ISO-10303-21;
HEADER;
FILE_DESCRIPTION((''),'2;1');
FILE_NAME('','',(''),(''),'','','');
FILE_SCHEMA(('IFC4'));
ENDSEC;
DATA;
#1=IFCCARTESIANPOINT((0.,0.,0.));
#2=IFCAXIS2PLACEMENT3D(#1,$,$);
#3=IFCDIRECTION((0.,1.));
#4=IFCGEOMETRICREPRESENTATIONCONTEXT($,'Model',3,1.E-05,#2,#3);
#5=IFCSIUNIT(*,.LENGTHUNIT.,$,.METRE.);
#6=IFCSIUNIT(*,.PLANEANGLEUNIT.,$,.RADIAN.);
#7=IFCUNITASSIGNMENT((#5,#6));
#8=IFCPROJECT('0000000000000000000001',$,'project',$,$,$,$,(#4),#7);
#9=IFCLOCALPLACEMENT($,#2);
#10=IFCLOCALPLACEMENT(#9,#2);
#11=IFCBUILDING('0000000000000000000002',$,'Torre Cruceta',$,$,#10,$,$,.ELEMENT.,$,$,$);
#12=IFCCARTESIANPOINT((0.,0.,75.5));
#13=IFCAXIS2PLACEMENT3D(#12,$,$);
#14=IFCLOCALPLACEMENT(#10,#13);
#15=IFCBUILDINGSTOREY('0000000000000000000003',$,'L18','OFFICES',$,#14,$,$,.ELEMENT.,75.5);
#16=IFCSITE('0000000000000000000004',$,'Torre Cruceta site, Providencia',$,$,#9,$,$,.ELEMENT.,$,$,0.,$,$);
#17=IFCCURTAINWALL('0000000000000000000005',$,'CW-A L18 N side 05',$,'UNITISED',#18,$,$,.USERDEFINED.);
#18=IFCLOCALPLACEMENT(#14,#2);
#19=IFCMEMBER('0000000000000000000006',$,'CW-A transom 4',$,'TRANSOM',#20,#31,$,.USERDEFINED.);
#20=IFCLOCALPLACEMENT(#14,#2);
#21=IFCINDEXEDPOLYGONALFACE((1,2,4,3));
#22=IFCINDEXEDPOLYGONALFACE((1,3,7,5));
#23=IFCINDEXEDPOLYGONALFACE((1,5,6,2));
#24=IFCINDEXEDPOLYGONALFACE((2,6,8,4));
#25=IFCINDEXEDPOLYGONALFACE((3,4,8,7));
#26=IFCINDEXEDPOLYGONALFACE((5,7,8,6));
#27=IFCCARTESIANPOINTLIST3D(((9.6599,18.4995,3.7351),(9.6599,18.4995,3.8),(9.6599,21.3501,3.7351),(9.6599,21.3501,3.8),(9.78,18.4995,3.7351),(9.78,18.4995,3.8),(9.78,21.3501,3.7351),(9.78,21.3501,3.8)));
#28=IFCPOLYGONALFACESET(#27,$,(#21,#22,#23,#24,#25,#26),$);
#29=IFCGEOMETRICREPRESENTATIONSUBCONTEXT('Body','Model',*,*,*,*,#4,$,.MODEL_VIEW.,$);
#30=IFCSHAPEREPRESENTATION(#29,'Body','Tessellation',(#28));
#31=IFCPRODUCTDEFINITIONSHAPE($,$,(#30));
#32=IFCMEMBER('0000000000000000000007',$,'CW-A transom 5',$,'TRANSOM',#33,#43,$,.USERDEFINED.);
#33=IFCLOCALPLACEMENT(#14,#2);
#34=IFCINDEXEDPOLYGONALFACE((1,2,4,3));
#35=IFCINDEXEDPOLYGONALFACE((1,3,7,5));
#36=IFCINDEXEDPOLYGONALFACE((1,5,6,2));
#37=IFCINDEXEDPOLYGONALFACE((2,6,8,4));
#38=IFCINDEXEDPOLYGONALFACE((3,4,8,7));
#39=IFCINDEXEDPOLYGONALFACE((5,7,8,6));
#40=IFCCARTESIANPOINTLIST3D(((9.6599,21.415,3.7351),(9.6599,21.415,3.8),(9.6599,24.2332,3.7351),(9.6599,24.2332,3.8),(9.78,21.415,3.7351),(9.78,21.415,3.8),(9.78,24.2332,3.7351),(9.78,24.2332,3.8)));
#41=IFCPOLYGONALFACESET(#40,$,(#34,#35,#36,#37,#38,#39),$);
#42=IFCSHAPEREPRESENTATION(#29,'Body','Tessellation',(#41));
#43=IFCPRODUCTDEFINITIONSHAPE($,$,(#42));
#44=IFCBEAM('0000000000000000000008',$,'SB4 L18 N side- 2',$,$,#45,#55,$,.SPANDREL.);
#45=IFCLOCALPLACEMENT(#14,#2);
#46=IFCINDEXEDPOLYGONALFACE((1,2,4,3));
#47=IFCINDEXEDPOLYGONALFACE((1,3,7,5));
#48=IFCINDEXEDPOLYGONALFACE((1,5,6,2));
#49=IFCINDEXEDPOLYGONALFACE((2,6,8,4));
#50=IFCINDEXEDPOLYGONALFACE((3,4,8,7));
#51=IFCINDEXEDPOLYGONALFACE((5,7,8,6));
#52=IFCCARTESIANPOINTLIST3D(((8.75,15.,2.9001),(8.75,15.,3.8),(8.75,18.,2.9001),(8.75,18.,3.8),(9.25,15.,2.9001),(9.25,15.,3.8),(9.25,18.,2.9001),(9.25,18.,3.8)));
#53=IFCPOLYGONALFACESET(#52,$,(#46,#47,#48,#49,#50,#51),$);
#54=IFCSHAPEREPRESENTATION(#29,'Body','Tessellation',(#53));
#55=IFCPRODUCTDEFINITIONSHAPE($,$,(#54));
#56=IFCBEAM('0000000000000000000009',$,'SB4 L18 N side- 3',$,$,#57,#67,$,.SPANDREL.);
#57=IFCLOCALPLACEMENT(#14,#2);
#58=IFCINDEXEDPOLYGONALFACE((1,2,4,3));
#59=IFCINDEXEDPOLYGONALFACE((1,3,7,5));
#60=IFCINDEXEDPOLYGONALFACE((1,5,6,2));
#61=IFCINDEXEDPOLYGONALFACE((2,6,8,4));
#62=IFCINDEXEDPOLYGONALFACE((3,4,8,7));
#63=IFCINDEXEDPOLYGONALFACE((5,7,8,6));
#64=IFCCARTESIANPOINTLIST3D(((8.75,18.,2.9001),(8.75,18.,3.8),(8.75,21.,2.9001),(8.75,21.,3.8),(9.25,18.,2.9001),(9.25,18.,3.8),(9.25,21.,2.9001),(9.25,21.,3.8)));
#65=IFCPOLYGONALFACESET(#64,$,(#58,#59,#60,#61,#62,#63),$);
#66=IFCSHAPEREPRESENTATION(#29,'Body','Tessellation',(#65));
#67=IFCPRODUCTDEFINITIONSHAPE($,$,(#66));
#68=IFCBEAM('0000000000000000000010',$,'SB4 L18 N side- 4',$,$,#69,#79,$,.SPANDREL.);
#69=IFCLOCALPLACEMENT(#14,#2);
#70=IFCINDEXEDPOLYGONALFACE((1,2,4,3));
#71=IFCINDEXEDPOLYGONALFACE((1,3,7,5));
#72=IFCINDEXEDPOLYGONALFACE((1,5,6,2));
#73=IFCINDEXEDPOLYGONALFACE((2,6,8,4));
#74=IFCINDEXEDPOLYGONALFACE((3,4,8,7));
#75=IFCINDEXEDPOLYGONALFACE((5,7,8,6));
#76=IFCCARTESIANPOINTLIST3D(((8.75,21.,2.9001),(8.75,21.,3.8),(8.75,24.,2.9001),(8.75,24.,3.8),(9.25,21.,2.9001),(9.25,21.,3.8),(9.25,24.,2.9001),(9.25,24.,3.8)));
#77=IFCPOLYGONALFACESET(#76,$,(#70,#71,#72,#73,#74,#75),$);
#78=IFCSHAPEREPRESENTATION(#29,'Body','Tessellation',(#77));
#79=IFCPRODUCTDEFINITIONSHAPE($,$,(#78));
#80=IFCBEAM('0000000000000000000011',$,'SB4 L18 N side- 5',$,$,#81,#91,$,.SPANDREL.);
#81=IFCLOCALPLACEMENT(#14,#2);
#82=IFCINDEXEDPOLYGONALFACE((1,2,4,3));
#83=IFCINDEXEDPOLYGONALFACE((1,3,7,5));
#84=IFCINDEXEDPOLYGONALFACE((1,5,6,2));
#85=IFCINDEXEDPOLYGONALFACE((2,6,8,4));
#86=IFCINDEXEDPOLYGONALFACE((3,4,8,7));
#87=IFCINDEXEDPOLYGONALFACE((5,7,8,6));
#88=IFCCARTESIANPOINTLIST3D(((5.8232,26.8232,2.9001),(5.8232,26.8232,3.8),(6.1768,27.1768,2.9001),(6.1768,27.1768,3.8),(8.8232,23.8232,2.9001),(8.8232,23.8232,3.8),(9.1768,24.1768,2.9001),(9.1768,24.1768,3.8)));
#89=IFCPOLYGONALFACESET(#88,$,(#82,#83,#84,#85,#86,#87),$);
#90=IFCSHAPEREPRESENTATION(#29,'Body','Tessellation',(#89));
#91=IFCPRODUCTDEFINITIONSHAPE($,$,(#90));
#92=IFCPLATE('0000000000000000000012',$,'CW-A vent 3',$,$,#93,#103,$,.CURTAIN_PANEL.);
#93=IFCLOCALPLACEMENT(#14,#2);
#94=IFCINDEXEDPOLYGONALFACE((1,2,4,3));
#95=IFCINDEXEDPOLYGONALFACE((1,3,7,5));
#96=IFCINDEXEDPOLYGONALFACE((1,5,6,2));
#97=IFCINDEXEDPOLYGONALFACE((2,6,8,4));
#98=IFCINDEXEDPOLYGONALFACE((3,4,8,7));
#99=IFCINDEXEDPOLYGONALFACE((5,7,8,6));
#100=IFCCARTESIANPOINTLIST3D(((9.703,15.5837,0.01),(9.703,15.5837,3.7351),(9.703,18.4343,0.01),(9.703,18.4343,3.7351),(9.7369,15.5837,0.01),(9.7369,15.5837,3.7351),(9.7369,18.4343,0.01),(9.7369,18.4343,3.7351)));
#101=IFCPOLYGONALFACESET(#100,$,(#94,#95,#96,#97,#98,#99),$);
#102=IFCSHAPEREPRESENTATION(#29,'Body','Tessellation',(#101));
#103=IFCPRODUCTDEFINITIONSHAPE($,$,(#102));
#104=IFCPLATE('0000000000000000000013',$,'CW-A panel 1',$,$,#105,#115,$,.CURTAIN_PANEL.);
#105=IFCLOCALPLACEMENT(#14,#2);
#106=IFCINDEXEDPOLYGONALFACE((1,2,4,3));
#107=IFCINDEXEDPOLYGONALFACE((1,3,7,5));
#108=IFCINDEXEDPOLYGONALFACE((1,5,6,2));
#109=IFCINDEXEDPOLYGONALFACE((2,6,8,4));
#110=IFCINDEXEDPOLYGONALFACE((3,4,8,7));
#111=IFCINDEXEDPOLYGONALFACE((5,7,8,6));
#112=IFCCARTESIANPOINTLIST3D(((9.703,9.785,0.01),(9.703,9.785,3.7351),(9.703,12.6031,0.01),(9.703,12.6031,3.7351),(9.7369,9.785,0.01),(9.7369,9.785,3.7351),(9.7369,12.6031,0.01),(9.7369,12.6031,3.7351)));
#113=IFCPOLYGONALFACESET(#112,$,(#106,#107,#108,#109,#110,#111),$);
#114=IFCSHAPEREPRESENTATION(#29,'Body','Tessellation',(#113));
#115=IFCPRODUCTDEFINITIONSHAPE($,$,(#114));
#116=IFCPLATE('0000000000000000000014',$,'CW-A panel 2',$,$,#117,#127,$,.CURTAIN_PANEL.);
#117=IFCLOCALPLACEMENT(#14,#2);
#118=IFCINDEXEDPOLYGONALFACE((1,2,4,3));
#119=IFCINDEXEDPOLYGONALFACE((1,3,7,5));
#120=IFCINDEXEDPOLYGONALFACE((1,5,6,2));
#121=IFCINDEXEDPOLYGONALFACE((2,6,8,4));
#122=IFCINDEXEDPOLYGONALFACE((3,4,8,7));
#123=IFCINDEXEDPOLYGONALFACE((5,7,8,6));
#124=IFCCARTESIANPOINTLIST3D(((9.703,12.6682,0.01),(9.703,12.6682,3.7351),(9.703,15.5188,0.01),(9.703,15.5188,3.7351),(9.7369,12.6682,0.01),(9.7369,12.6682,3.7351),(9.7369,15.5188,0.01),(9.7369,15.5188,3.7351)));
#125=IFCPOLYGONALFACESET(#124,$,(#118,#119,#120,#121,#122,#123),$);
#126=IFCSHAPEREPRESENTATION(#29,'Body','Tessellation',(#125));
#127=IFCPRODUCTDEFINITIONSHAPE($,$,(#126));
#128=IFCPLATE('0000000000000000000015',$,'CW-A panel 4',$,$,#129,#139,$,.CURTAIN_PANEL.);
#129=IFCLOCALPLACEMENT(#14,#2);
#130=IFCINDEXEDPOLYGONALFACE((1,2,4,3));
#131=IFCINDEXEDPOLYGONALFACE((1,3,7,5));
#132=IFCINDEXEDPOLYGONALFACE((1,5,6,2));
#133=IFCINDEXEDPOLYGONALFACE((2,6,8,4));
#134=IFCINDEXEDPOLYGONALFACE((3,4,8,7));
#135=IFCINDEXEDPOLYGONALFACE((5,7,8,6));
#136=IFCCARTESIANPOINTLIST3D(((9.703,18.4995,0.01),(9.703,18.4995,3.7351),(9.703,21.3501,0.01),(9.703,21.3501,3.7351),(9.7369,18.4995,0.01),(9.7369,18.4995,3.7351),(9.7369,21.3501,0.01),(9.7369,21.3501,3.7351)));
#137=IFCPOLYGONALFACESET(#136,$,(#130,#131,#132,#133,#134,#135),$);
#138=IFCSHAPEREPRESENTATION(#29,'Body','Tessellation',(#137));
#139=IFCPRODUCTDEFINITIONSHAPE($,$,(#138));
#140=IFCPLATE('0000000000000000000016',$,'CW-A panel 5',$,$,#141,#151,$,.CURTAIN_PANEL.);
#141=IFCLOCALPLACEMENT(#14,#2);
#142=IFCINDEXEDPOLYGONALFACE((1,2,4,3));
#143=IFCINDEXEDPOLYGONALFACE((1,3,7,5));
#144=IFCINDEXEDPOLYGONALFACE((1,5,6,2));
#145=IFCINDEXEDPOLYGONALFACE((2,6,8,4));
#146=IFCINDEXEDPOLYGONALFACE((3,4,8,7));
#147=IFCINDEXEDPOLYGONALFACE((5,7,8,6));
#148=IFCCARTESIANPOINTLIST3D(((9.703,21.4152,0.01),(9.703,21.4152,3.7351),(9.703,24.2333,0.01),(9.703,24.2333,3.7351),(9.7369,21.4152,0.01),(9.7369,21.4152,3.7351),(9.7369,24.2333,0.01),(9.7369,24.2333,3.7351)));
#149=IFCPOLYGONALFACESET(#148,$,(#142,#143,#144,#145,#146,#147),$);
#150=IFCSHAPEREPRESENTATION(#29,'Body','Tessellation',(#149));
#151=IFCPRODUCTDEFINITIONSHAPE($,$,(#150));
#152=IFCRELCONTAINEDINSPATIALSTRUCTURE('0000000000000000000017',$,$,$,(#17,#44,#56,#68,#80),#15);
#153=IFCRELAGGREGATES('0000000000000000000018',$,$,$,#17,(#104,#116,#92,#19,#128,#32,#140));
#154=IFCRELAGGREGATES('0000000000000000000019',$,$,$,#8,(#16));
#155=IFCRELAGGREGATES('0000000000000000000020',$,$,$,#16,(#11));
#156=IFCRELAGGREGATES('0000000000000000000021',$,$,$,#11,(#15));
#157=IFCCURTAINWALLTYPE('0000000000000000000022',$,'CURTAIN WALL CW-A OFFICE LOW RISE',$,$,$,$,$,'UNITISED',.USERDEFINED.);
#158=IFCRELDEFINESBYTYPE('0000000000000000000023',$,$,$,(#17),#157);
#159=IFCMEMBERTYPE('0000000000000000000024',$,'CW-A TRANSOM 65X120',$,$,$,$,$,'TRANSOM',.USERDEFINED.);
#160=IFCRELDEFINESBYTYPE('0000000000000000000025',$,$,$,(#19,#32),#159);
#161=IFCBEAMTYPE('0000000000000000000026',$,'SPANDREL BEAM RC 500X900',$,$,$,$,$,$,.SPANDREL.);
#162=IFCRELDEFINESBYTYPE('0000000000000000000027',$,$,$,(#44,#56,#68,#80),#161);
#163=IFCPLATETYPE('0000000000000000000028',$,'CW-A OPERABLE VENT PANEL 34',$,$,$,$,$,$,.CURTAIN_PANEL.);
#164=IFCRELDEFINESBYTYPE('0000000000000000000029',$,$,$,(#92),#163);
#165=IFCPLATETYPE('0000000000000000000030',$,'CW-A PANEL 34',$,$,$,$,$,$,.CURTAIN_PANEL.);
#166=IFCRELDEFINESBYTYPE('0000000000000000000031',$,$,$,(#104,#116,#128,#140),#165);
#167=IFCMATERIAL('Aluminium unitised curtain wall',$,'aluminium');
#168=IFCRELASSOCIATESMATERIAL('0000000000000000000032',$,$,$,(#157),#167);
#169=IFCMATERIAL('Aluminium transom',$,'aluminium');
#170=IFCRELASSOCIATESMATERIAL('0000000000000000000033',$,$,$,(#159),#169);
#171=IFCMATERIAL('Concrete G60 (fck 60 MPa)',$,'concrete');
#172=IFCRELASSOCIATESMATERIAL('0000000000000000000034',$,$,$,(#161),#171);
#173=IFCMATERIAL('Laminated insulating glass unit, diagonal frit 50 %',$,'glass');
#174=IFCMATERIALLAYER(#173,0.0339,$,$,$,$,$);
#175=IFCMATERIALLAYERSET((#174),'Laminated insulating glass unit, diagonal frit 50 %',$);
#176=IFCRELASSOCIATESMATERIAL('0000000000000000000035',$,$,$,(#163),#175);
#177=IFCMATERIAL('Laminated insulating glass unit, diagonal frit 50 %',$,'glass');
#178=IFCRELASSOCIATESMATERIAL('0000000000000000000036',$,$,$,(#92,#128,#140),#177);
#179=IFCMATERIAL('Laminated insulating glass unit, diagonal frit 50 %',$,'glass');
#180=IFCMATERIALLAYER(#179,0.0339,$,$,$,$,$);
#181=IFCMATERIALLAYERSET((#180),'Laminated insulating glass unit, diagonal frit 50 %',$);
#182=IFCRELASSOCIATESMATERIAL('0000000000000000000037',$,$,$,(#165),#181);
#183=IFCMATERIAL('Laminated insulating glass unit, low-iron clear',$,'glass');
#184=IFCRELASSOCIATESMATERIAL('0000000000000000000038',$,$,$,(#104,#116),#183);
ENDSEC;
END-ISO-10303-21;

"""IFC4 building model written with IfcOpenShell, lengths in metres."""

from ifc_helpers import new_model, si_unit, direction, frame, origin, origin_2d, place, context, subcontext, project, spatial, rectangle, extrude, material, layer, layer_set, material_profile, profile_set, type_object, element, aggregate, save


model = new_model("IFC4")

# Units and contexts
model_context = context("Model", 3, precision=1e-05, world=origin(), true_north=direction((0.0, 1.0)))
body_context = subcontext(model_context, "Body", "Model", "MODEL_VIEW")
ifc_project = project(units=[si_unit("LENGTHUNIT", "METRE"), si_unit("PLANEANGLEUNIT", "RADIAN")], contexts=[model_context])

# Site, building, storey
site_placement = place(None, origin())
site = spatial("IfcSite", under=ifc_project, at=site_placement, Name="Torre Cruceta site, Providencia", CompositionType="ELEMENT", RefElevation=0.0)
building_placement = place(site_placement, origin())
building = spatial("IfcBuilding", under=site, at=building_placement, Name="Torre Cruceta", CompositionType="ELEMENT")
storey_placement = place(building_placement, frame((0.0, 0.0, 75.5)))
storey = spatial("IfcBuildingStorey", under=building, at=storey_placement, Name="L18", Description="OFFICES", CompositionType="ELEMENT", Elevation=75.5)

# Shared definitions
ifc_material_1 = material(Name="Aluminium unitised curtain wall", Category="aluminium")
curtain_wall_type = type_object("IfcCurtainWallType", Name="CURTAIN WALL CW-A OFFICE LOW RISE", ElementType="UNITISED", PredefinedType="USERDEFINED", material=ifc_material_1)

# Curtain wall
curtain_wall_1_placement = place(storey_placement, origin())
curtain_wall_1 = element("IfcCurtainWall", 1, at=curtain_wall_1_placement, inside=storey, type_object=curtain_wall_type, Name="CW-A L18 N side 05", ObjectType="UNITISED", PredefinedType="USERDEFINED")

# Members
ifc_material_2 = material(Name="Aluminium transom", Category="aluminium")
ifc_material_profile_1 = material_profile(ifc_material_2, rectangle(XDim=0.1201, YDim=0.0649, at=origin_2d()), Name="AL 120X65")
ifc_profile_set_1 = profile_set([ifc_material_profile_1], Name="Aluminium transom")
member_type_1 = type_object("IfcMemberType", Name="CW-A TRANSOM 65X120", ElementType="TRANSOM", PredefinedType="USERDEFINED", material=ifc_profile_set_1)
member_1_placement = place(storey_placement, frame((9.72, 18.4995, 3.7676), z_axis=(0.0, 1.0, 0.0), x_axis=(-1.0, 0.0, 0.0)))
member_1 = element("IfcMember", 2, at=member_1_placement, type_object=member_type_1, Name="CW-A transom 4", ObjectType="TRANSOM", PredefinedType="USERDEFINED", context=body_context, shape_type="SweptSolid", body=[
    extrude(rectangle(XDim=0.1201, YDim=0.0649, at=origin_2d()), origin(), (0.0, 0.0, 1.0), 2.8506),
])
member_2_placement = place(storey_placement, frame((9.72, 21.415, 3.7676), z_axis=(0.0, 1.0, 0.0), x_axis=(-1.0, 0.0, 0.0)))
member_2 = element("IfcMember", 3, at=member_2_placement, type_object=member_type_1, Name="CW-A transom 5", ObjectType="TRANSOM", PredefinedType="USERDEFINED", context=body_context, shape_type="SweptSolid", body=[
    extrude(rectangle(XDim=0.1201, YDim=0.0649, at=origin_2d()), origin(), (0.0, 0.0, 1.0), 2.8181),
])

# Beams
ifc_material_3 = material(Name="Concrete G60 (fck 60 MPa)", Category="concrete")
ifc_material_profile_2 = material_profile(ifc_material_3, rectangle(XDim=0.5, YDim=0.8999, at=origin_2d()), Name="RC 500X900")
ifc_profile_set_2 = profile_set([ifc_material_profile_2], Name="Concrete G60 (fck 60 MPa)")
beam_type_1 = type_object("IfcBeamType", Name="SPANDREL BEAM RC 500X900", PredefinedType="SPANDREL", material=ifc_profile_set_2)
for number, where, z_axis, x_axis, name in (
    (4, (9.0, 15.0, 3.3501), (0.0, 1.0, 0.0), (-1.0, 0.0, 0.0), "SB4 L18 N side- 2"),
    (5, (9.0, 18.0, 3.3501), (0.0, 1.0, 0.0), (-1.0, 0.0, 0.0), "SB4 L18 N side- 3"),
    (6, (9.0, 21.0, 3.3501), (0.0, 1.0, 0.0), (-1.0, 0.0, 0.0), "SB4 L18 N side- 4"),
):
    element("IfcBeam", number, at=place(storey_placement, frame(where, z_axis=z_axis, x_axis=x_axis)), inside=storey, type_object=beam_type_1, Name=name, PredefinedType="SPANDREL", context=body_context, shape_type="SweptSolid", body=[
        extrude(rectangle(XDim=0.5, YDim=0.8999, at=origin_2d()), origin(), (0.0, 0.0, 1.0), 3.0),
    ])
beam_placement = place(storey_placement, frame((9.0, 24.0, 3.3501), z_axis=(-0.707107, 0.707107, 0.0), x_axis=(-0.707107, -0.707107, 0.0)))
element("IfcBeam", 7, at=beam_placement, inside=storey, type_object=beam_type_1, Name="SB4 L18 N side- 5", PredefinedType="SPANDREL", context=body_context, shape_type="SweptSolid", body=[
    extrude(rectangle(XDim=0.5, YDim=0.8999, at=origin_2d()), origin(), (0.0, 0.0, 1.0), 4.2427),
])

# Plates
ifc_material_4 = material(Name="Laminated insulating glass unit, diagonal frit 50 %", Category="glass")
ifc_material_5 = material(Name="Laminated insulating glass unit, diagonal frit 50 %", Category="glass")
ifc_layer_1 = layer(ifc_material_5, 0.0339)
ifc_layer_set_1 = layer_set([ifc_layer_1], Name="Laminated insulating glass unit, diagonal frit 50 %")
plate_type_1 = type_object("IfcPlateType", Name="CW-A OPERABLE VENT PANEL 34", PredefinedType="CURTAIN_PANEL", material=ifc_layer_set_1)
plate_1_placement = place(storey_placement, frame((9.72, 17.009, 0.01), z_axis=(0.0, 0.0, 1.0), x_axis=(0.0, 1.0, 0.0)))
plate_1 = element("IfcPlate", 8, at=plate_1_placement, type_object=plate_type_1, material=ifc_material_4, Name="CW-A vent 3", PredefinedType="CURTAIN_PANEL", context=body_context, shape_type="SweptSolid", body=[
    extrude(rectangle(XDim=2.8506, YDim=0.0339, at=origin_2d()), origin(), (0.0, 0.0, 1.0), 3.7251),
])
ifc_material_6 = material(Name="Laminated insulating glass unit, low-iron clear", Category="glass")
ifc_material_7 = material(Name="Laminated insulating glass unit, diagonal frit 50 %", Category="glass")
ifc_layer_2 = layer(ifc_material_7, 0.0339)
ifc_layer_set_2 = layer_set([ifc_layer_2], Name="Laminated insulating glass unit, diagonal frit 50 %")
plate_type_2 = type_object("IfcPlateType", Name="CW-A PANEL 34", PredefinedType="CURTAIN_PANEL", material=ifc_layer_set_2)
plate_2_placement = place(storey_placement, frame((9.72, 11.1941, 0.01), z_axis=(0.0, 0.0, 1.0), x_axis=(0.0, 1.0, 0.0)))
plate_2 = element("IfcPlate", 9, at=plate_2_placement, type_object=plate_type_2, material=ifc_material_6, Name="CW-A panel 1", PredefinedType="CURTAIN_PANEL", context=body_context, shape_type="SweptSolid", body=[
    extrude(rectangle(XDim=2.8181, YDim=0.0339, at=origin_2d()), origin(), (0.0, 0.0, 1.0), 3.7251),
])
plate_3_placement = place(storey_placement, frame((9.72, 14.0935, 0.01), z_axis=(0.0, 0.0, 1.0), x_axis=(0.0, 1.0, 0.0)))
plate_3 = element("IfcPlate", 10, at=plate_3_placement, type_object=plate_type_2, material=ifc_material_6, Name="CW-A panel 2", PredefinedType="CURTAIN_PANEL", context=body_context, shape_type="SweptSolid", body=[
    extrude(rectangle(XDim=2.8506, YDim=0.0339, at=origin_2d()), origin(), (0.0, 0.0, 1.0), 3.7251),
])
plate_4_placement = place(storey_placement, frame((9.72, 19.9248, 0.01), z_axis=(0.0, 0.0, 1.0), x_axis=(0.0, 1.0, 0.0)))
plate_4 = element("IfcPlate", 11, at=plate_4_placement, type_object=plate_type_2, material=ifc_material_4, Name="CW-A panel 4", PredefinedType="CURTAIN_PANEL", context=body_context, shape_type="SweptSolid", body=[
    extrude(rectangle(XDim=2.8506, YDim=0.0339, at=origin_2d()), origin(), (0.0, 0.0, 1.0), 3.7251),
])
plate_5_placement = place(storey_placement, frame((9.72, 22.8242, 0.01), z_axis=(0.0, 0.0, 1.0), x_axis=(0.0, 1.0, 0.0)))
plate_5 = element("IfcPlate", 12, at=plate_5_placement, type_object=plate_type_2, material=ifc_material_4, Name="CW-A panel 5", PredefinedType="CURTAIN_PANEL", context=body_context, shape_type="SweptSolid", body=[
    extrude(rectangle(XDim=2.8181, YDim=0.0339, at=origin_2d()), origin(), (0.0, 0.0, 1.0), 3.7251),
])
aggregate(curtain_wall_1, [plate_2, plate_3, plate_1, member_1, plate_4, member_2, plate_5])

save(model, "model.ifc")
